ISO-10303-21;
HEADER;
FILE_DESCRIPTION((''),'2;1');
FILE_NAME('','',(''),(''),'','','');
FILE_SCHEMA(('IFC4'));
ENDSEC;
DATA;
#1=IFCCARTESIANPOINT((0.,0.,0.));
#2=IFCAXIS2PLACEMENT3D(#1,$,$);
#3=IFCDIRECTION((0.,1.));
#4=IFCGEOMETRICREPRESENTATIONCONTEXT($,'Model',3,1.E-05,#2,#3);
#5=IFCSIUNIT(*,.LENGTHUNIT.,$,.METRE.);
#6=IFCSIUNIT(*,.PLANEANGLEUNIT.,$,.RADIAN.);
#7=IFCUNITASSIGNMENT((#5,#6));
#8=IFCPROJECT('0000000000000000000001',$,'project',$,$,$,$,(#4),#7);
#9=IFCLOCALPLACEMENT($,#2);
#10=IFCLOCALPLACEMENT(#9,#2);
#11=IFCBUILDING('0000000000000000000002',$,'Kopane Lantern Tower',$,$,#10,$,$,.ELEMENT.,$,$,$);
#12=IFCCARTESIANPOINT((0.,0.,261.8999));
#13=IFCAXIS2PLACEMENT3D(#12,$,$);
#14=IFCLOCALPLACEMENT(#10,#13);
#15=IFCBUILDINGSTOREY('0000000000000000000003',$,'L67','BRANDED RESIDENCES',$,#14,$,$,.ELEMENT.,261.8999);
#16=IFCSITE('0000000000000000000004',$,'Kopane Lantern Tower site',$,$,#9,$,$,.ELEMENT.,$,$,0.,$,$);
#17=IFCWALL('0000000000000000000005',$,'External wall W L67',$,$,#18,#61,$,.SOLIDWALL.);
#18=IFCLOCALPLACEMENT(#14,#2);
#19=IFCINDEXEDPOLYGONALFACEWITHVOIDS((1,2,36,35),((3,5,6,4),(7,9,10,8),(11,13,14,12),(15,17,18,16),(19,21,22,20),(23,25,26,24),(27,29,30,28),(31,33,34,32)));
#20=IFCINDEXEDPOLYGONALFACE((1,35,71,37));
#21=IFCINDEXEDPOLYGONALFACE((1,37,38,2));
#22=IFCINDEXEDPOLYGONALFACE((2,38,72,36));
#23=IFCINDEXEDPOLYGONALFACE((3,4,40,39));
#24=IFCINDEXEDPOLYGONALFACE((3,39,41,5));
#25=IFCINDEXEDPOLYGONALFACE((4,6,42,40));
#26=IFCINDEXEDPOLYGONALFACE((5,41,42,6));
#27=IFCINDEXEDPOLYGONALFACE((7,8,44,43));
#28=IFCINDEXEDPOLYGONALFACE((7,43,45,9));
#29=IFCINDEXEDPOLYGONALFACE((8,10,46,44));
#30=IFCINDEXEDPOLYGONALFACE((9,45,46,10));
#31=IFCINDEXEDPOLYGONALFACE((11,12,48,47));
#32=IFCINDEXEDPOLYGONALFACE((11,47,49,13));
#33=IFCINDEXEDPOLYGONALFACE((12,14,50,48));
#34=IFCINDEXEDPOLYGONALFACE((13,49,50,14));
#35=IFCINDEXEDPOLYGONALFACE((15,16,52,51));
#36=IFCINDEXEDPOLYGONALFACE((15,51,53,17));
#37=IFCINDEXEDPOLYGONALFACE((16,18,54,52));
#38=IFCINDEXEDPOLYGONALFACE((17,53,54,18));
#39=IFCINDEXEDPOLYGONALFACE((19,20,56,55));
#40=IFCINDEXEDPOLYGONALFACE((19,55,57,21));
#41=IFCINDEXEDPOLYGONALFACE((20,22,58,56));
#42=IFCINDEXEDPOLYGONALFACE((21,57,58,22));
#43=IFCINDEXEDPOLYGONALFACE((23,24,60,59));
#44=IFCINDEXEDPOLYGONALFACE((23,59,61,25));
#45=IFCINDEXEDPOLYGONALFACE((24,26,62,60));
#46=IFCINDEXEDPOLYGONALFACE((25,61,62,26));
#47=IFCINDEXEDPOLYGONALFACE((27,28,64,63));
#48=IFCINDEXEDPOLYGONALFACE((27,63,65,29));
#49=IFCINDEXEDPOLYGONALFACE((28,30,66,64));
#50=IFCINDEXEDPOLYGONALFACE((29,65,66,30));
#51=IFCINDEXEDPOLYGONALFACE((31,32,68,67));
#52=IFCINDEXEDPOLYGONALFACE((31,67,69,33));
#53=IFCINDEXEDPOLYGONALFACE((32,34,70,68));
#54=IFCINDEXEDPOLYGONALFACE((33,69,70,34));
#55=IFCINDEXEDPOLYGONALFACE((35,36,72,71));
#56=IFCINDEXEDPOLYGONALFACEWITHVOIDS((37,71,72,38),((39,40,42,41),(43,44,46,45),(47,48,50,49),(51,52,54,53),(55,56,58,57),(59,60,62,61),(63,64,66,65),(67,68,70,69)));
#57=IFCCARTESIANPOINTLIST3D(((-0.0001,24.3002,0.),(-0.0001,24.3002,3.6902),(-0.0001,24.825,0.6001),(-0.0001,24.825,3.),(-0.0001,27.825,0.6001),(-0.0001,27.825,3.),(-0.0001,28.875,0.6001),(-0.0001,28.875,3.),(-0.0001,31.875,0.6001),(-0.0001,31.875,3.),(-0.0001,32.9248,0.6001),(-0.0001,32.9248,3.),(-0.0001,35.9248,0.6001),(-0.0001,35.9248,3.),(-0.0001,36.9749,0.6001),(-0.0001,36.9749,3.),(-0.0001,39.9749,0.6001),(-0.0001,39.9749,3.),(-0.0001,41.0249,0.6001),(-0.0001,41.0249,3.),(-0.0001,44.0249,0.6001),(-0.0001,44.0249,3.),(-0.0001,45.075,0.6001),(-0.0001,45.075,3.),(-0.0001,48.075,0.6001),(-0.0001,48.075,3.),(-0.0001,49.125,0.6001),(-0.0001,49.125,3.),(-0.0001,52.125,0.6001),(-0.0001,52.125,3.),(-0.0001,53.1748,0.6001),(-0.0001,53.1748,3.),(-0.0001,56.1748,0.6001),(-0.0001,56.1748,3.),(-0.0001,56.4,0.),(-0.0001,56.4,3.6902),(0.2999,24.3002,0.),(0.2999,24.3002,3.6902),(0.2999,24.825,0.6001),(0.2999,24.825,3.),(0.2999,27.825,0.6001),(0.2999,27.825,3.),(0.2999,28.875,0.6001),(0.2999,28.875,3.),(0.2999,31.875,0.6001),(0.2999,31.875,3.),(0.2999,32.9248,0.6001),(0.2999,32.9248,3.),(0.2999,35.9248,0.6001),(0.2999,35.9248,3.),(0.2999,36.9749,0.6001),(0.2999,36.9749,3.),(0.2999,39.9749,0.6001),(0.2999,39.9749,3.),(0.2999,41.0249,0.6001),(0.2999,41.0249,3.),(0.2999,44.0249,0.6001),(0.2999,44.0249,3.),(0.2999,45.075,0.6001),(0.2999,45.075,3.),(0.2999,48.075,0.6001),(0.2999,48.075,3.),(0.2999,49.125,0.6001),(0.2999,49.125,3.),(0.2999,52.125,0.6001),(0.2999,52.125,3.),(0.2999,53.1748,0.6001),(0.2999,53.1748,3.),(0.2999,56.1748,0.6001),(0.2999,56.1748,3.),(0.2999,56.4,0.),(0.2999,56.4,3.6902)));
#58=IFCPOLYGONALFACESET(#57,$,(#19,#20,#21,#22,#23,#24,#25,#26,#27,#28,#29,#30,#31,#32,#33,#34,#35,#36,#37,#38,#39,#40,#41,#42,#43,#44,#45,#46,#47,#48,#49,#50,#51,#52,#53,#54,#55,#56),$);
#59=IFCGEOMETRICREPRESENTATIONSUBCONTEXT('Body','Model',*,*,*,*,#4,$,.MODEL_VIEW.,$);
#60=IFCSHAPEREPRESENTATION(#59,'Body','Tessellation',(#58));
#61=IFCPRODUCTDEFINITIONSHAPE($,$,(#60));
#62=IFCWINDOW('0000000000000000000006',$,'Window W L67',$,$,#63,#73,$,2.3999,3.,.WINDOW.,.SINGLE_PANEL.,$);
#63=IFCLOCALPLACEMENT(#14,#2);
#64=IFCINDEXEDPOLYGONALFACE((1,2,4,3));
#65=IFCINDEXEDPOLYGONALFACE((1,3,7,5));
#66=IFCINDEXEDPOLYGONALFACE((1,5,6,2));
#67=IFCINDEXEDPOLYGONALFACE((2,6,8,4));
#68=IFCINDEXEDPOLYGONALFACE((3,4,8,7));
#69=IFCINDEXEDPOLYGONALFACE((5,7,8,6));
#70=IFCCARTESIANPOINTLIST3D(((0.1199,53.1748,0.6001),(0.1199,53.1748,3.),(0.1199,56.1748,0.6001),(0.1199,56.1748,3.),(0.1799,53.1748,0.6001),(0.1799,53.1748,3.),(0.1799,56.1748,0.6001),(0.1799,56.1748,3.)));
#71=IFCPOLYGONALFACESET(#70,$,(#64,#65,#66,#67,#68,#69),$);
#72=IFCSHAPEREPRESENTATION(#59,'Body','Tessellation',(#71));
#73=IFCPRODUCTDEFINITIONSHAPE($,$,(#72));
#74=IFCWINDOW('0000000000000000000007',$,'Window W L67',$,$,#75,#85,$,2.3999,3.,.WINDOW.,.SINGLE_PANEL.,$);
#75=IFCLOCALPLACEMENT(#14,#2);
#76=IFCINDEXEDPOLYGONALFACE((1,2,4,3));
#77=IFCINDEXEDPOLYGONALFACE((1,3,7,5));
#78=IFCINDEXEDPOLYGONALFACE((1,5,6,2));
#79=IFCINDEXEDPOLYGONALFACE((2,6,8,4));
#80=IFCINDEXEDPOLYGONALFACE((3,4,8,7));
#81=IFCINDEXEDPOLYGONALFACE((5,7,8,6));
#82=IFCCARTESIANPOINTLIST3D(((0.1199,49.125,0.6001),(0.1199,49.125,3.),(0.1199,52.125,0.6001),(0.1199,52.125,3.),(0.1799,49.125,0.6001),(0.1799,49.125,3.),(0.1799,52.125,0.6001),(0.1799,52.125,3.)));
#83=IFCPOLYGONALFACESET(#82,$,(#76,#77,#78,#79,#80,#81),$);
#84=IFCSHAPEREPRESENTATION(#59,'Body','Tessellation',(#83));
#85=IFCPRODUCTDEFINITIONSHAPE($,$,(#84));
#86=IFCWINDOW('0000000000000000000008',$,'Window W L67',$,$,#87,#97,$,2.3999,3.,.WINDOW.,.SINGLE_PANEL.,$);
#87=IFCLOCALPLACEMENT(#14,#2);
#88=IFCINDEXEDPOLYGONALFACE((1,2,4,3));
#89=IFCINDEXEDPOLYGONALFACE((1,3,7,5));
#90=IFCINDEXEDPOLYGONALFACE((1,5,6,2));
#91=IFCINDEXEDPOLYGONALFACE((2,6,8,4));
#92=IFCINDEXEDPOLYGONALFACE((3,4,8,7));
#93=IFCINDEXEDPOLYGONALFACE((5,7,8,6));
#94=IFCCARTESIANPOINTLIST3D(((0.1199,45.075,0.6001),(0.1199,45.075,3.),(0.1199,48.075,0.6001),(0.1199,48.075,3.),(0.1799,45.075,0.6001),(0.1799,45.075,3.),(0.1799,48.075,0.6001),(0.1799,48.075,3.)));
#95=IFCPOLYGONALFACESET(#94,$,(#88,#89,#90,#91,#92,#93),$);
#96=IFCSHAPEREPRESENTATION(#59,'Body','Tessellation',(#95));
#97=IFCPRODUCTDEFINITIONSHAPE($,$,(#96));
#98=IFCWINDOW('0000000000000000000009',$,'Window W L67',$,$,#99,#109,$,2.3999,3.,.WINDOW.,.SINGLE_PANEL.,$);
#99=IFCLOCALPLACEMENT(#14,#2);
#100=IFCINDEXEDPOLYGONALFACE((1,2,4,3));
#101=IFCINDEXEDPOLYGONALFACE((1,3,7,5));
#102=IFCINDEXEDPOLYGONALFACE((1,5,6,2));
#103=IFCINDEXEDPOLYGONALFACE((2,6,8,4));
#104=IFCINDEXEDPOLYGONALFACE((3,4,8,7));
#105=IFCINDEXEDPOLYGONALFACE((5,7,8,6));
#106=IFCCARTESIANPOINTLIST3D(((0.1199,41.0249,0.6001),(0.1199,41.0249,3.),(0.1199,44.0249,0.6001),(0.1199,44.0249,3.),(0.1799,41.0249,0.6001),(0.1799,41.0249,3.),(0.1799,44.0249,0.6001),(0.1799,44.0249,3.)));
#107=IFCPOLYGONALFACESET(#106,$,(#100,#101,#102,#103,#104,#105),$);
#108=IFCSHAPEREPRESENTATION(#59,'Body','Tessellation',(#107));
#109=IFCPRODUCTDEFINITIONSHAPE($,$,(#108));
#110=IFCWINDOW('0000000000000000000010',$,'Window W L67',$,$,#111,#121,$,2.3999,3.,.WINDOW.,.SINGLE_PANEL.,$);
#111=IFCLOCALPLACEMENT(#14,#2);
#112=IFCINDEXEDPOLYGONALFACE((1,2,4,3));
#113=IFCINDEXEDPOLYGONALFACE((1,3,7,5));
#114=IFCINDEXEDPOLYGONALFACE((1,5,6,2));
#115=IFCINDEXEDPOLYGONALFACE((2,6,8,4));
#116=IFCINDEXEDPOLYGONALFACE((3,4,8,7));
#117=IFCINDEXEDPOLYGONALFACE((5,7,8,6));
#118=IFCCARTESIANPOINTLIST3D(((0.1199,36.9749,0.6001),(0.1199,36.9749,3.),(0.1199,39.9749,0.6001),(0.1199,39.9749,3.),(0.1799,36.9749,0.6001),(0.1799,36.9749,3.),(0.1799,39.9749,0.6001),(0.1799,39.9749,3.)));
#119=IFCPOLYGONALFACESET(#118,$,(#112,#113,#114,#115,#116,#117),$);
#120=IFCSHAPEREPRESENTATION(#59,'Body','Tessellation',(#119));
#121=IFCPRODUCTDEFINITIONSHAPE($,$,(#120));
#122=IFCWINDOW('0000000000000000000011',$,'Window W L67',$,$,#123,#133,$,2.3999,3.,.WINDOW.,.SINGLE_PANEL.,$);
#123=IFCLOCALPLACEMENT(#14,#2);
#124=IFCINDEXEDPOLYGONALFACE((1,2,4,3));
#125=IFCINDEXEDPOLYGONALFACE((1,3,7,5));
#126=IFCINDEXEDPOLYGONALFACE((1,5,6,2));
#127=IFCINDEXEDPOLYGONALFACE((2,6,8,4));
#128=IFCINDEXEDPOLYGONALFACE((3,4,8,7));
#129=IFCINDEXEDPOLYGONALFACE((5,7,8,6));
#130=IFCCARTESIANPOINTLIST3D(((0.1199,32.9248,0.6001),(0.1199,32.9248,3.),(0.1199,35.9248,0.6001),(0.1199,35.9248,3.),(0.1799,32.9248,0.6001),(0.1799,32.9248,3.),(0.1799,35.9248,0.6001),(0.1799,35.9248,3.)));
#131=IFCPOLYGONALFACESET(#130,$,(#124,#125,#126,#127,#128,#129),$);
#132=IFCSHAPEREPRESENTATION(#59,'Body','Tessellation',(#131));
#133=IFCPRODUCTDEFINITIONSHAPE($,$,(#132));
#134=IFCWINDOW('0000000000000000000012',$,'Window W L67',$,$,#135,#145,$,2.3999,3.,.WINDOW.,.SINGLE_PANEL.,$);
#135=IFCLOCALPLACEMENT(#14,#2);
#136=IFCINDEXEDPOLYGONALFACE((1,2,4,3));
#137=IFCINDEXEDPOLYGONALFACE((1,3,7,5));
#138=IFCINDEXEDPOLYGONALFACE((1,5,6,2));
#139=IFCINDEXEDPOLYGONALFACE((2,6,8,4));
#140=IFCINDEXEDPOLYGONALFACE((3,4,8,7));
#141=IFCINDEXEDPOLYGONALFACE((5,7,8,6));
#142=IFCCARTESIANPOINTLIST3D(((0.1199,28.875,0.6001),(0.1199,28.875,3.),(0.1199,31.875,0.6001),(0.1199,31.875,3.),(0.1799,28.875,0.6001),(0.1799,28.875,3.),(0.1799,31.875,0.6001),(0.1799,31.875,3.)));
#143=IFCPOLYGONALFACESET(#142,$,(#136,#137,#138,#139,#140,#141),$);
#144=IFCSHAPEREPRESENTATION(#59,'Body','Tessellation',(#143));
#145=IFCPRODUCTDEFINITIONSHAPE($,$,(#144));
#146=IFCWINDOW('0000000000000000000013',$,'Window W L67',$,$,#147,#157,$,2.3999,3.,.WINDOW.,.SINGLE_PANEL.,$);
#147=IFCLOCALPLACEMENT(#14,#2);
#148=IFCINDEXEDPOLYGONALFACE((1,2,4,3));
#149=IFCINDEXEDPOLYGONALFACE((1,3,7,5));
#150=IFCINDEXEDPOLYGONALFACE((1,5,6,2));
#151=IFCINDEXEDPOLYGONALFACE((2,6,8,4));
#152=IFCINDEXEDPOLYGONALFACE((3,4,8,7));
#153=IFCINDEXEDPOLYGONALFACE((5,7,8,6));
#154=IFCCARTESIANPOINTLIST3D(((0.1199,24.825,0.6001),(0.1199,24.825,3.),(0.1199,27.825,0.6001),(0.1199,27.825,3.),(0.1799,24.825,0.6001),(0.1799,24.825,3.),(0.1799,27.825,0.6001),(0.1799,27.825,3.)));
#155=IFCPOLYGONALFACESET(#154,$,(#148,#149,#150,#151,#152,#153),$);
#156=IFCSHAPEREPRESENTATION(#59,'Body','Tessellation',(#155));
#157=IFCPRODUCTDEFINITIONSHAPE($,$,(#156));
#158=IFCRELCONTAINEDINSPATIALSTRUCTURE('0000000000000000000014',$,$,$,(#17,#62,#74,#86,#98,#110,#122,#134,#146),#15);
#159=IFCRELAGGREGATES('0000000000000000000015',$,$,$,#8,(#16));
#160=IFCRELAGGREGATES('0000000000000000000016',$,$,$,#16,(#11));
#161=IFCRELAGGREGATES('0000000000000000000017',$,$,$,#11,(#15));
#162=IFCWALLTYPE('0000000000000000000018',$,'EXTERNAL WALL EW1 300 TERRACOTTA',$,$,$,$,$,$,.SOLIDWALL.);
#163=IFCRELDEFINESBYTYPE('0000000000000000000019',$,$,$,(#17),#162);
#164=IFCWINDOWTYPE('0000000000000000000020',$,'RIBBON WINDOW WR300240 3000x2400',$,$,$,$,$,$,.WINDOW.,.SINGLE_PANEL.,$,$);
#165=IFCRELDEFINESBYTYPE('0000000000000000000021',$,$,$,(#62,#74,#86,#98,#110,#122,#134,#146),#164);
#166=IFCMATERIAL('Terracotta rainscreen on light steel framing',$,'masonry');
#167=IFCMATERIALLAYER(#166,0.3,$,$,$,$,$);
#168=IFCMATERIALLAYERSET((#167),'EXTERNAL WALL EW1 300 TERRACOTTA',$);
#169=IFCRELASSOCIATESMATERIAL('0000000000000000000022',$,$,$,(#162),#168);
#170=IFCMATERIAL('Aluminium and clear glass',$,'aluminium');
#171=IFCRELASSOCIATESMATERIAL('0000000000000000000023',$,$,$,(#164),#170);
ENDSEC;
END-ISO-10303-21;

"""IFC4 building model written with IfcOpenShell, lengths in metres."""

from ifc_helpers import new_model, si_unit, direction, frame, frame_2d, origin, place, context, subcontext, project, spatial, rectangle, extrude, material, layer, layer_set, type_object, element, fill, save


model = new_model("IFC4")

# Units and contexts
model_context = context("Model", 3, precision=1e-05, world=origin(), true_north=direction((0.0, 1.0)))
body_context = subcontext(model_context, "Body", "Model", "MODEL_VIEW")
ifc_project = project(units=[si_unit("LENGTHUNIT", "METRE"), si_unit("PLANEANGLEUNIT", "RADIAN")], contexts=[model_context])

# Site, building, storey
site_placement = place(None, origin())
site = spatial("IfcSite", under=ifc_project, at=site_placement, Name="Kopane Lantern Tower site", CompositionType="ELEMENT", RefElevation=0.0)
building_placement = place(site_placement, origin())
building = spatial("IfcBuilding", under=site, at=building_placement, Name="Kopane Lantern Tower", CompositionType="ELEMENT")
storey_placement = place(building_placement, frame((0.0, 0.0, 261.8999)))
storey = spatial("IfcBuildingStorey", under=building, at=storey_placement, Name="L67", Description="BRANDED RESIDENCES", CompositionType="ELEMENT", Elevation=261.8999)

# Shared definitions
ifc_material_1 = material(Name="Terracotta rainscreen on light steel framing", Category="masonry")
ifc_layer_1 = layer(ifc_material_1, 0.3)
ifc_layer_set_1 = layer_set([ifc_layer_1], Name="EXTERNAL WALL EW1 300 TERRACOTTA")
wall_type_1 = type_object("IfcWallType", Name="EXTERNAL WALL EW1 300 TERRACOTTA", PredefinedType="SOLIDWALL", material=ifc_layer_set_1)

# Wall, openings, windows
wall_1_placement = place(storey_placement, frame((0.1499, 56.3999, 0.0), z_axis=(0.0, 0.0, 1.0), x_axis=(0.0, -1.0, 0.0)))
wall_1 = element("IfcWall", 1, at=wall_1_placement, inside=storey, type_object=wall_type_1, Name="External wall W L67", PredefinedType="SOLIDWALL", context=body_context, shape_type="SweptSolid", body=[
    extrude(rectangle(XDim=32.0999, YDim=0.3, at=frame_2d((16.0498, 0.0))), origin(), (0.0, 0.0, 1.0), 3.6902),
])
opening_1_placement = place(wall_1_placement, frame((0.2251, 0.0, 0.6001)))
opening_1 = element("IfcOpeningElement", 2, at=opening_1_placement, cuts=wall_1, PredefinedType="OPENING", context=body_context, shape_type="SweptSolid", body=[
    extrude(rectangle(XDim=3.0, YDim=2.3999, at=frame_2d((1.5, 1.2))), frame((0.0, 0.1599, 0.0), z_axis=(0.0, -1.0, 0.0), x_axis=(1.0, 0.0, 0.0)), (0.0, 0.0, 1.0), 0.3201),
])
opening_2_placement = place(wall_1_placement, frame((4.2749, 0.0, 0.6001)))
opening_2 = element("IfcOpeningElement", 3, at=opening_2_placement, cuts=wall_1, PredefinedType="OPENING", context=body_context, shape_type="SweptSolid", body=[
    extrude(rectangle(XDim=3.0, YDim=2.3999, at=frame_2d((1.5, 1.2))), frame((0.0, 0.1599, 0.0), z_axis=(0.0, -1.0, 0.0), x_axis=(1.0, 0.0, 0.0)), (0.0, 0.0, 1.0), 0.3201),
])
opening_3_placement = place(wall_1_placement, frame((8.325, 0.0, 0.6001)))
opening_3 = element("IfcOpeningElement", 4, at=opening_3_placement, cuts=wall_1, PredefinedType="OPENING", context=body_context, shape_type="SweptSolid", body=[
    extrude(rectangle(XDim=3.0, YDim=2.3999, at=frame_2d((1.5, 1.2))), frame((0.0, 0.1599, 0.0), z_axis=(0.0, -1.0, 0.0), x_axis=(1.0, 0.0, 0.0)), (0.0, 0.0, 1.0), 0.3201),
])
opening_4_placement = place(wall_1_placement, frame((12.375, 0.0, 0.6001)))
opening_4 = element("IfcOpeningElement", 5, at=opening_4_placement, cuts=wall_1, PredefinedType="OPENING", context=body_context, shape_type="SweptSolid", body=[
    extrude(rectangle(XDim=3.0, YDim=2.3999, at=frame_2d((1.5, 1.2))), frame((0.0, 0.1599, 0.0), z_axis=(0.0, -1.0, 0.0), x_axis=(1.0, 0.0, 0.0)), (0.0, 0.0, 1.0), 0.3201),
])
opening_5_placement = place(wall_1_placement, frame((16.425, 0.0, 0.6001)))
opening_5 = element("IfcOpeningElement", 6, at=opening_5_placement, cuts=wall_1, PredefinedType="OPENING", context=body_context, shape_type="SweptSolid", body=[
    extrude(rectangle(XDim=3.0, YDim=2.3999, at=frame_2d((1.5, 1.2))), frame((0.0, 0.1599, 0.0), z_axis=(0.0, -1.0, 0.0), x_axis=(1.0, 0.0, 0.0)), (0.0, 0.0, 1.0), 0.3201),
])
opening_6_placement = place(wall_1_placement, frame((20.4751, 0.0, 0.6001)))
opening_6 = element("IfcOpeningElement", 7, at=opening_6_placement, cuts=wall_1, PredefinedType="OPENING", context=body_context, shape_type="SweptSolid", body=[
    extrude(rectangle(XDim=3.0, YDim=2.3999, at=frame_2d((1.5, 1.2))), frame((0.0, 0.1599, 0.0), z_axis=(0.0, -1.0, 0.0), x_axis=(1.0, 0.0, 0.0)), (0.0, 0.0, 1.0), 0.3201),
])
opening_7_placement = place(wall_1_placement, frame((24.5249, 0.0, 0.6001)))
opening_7 = element("IfcOpeningElement", 8, at=opening_7_placement, cuts=wall_1, PredefinedType="OPENING", context=body_context, shape_type="SweptSolid", body=[
    extrude(rectangle(XDim=3.0, YDim=2.3999, at=frame_2d((1.5, 1.2))), frame((0.0, 0.1599, 0.0), z_axis=(0.0, -1.0, 0.0), x_axis=(1.0, 0.0, 0.0)), (0.0, 0.0, 1.0), 0.3201),
])
opening_8_placement = place(wall_1_placement, frame((28.575, 0.0, 0.6001)))
opening_8 = element("IfcOpeningElement", 9, at=opening_8_placement, cuts=wall_1, PredefinedType="OPENING", context=body_context, shape_type="SweptSolid", body=[
    extrude(rectangle(XDim=3.0, YDim=2.3999, at=frame_2d((1.5, 1.2))), frame((0.0, 0.1599, 0.0), z_axis=(0.0, -1.0, 0.0), x_axis=(1.0, 0.0, 0.0)), (0.0, 0.0, 1.0), 0.3201),
])
ifc_material_2 = material(Name="Aluminium and clear glass", Category="aluminium")
window_type_1 = type_object("IfcWindowType", Name="RIBBON WINDOW WR300240 3000x2400", PartitioningType="SINGLE_PANEL", PredefinedType="WINDOW", material=ifc_material_2)
window_1_placement = place(opening_1_placement, origin())
window_1 = element("IfcWindow", 10, at=window_1_placement, inside=storey, type_object=window_type_1, Name="Window W L67", OverallHeight=2.3999, OverallWidth=3.0, PartitioningType="SINGLE_PANEL", PredefinedType="WINDOW", context=body_context, shape_type="SweptSolid", body=[
    extrude(rectangle(XDim=3.0, YDim=2.3999, at=frame_2d((1.5, 1.2))), frame((0.0, 0.03, 0.0), z_axis=(0.0, -1.0, 0.0), x_axis=(1.0, 0.0, 0.0)), (0.0, 0.0, 1.0), 0.0601),
])
fill(opening_1, window_1)
window_2_placement = place(opening_2_placement, origin())
window_2 = element("IfcWindow", 11, at=window_2_placement, inside=storey, type_object=window_type_1, Name="Window W L67", OverallHeight=2.3999, OverallWidth=3.0, PartitioningType="SINGLE_PANEL", PredefinedType="WINDOW", context=body_context, shape_type="SweptSolid", body=[
    extrude(rectangle(XDim=3.0, YDim=2.3999, at=frame_2d((1.5, 1.2))), frame((0.0, 0.03, 0.0), z_axis=(0.0, -1.0, 0.0), x_axis=(1.0, 0.0, 0.0)), (0.0, 0.0, 1.0), 0.0601),
])
fill(opening_2, window_2)
window_3_placement = place(opening_3_placement, origin())
window_3 = element("IfcWindow", 12, at=window_3_placement, inside=storey, type_object=window_type_1, Name="Window W L67", OverallHeight=2.3999, OverallWidth=3.0, PartitioningType="SINGLE_PANEL", PredefinedType="WINDOW", context=body_context, shape_type="SweptSolid", body=[
    extrude(rectangle(XDim=3.0, YDim=2.3999, at=frame_2d((1.5, 1.2))), frame((0.0, 0.03, 0.0), z_axis=(0.0, -1.0, 0.0), x_axis=(1.0, 0.0, 0.0)), (0.0, 0.0, 1.0), 0.0601),
])
fill(opening_3, window_3)
window_4_placement = place(opening_4_placement, origin())
window_4 = element("IfcWindow", 13, at=window_4_placement, inside=storey, type_object=window_type_1, Name="Window W L67", OverallHeight=2.3999, OverallWidth=3.0, PartitioningType="SINGLE_PANEL", PredefinedType="WINDOW", context=body_context, shape_type="SweptSolid", body=[
    extrude(rectangle(XDim=3.0, YDim=2.3999, at=frame_2d((1.5, 1.2))), frame((0.0, 0.03, 0.0), z_axis=(0.0, -1.0, 0.0), x_axis=(1.0, 0.0, 0.0)), (0.0, 0.0, 1.0), 0.0601),
])
fill(opening_4, window_4)
window_5_placement = place(opening_5_placement, origin())
window_5 = element("IfcWindow", 14, at=window_5_placement, inside=storey, type_object=window_type_1, Name="Window W L67", OverallHeight=2.3999, OverallWidth=3.0, PartitioningType="SINGLE_PANEL", PredefinedType="WINDOW", context=body_context, shape_type="SweptSolid", body=[
    extrude(rectangle(XDim=3.0, YDim=2.3999, at=frame_2d((1.5, 1.2))), frame((0.0, 0.03, 0.0), z_axis=(0.0, -1.0, 0.0), x_axis=(1.0, 0.0, 0.0)), (0.0, 0.0, 1.0), 0.0601),
])
fill(opening_5, window_5)
window_6_placement = place(opening_6_placement, origin())
window_6 = element("IfcWindow", 15, at=window_6_placement, inside=storey, type_object=window_type_1, Name="Window W L67", OverallHeight=2.3999, OverallWidth=3.0, PartitioningType="SINGLE_PANEL", PredefinedType="WINDOW", context=body_context, shape_type="SweptSolid", body=[
    extrude(rectangle(XDim=3.0, YDim=2.3999, at=frame_2d((1.5, 1.2))), frame((0.0, 0.03, 0.0), z_axis=(0.0, -1.0, 0.0), x_axis=(1.0, 0.0, 0.0)), (0.0, 0.0, 1.0), 0.0601),
])
fill(opening_6, window_6)
window_7_placement = place(opening_7_placement, origin())
window_7 = element("IfcWindow", 16, at=window_7_placement, inside=storey, type_object=window_type_1, Name="Window W L67", OverallHeight=2.3999, OverallWidth=3.0, PartitioningType="SINGLE_PANEL", PredefinedType="WINDOW", context=body_context, shape_type="SweptSolid", body=[
    extrude(rectangle(XDim=3.0, YDim=2.3999, at=frame_2d((1.5, 1.2))), frame((0.0, 0.03, 0.0), z_axis=(0.0, -1.0, 0.0), x_axis=(1.0, 0.0, 0.0)), (0.0, 0.0, 1.0), 0.0601),
])
fill(opening_7, window_7)
window_8_placement = place(opening_8_placement, origin())
window_8 = element("IfcWindow", 17, at=window_8_placement, inside=storey, type_object=window_type_1, Name="Window W L67", OverallHeight=2.3999, OverallWidth=3.0, PartitioningType="SINGLE_PANEL", PredefinedType="WINDOW", context=body_context, shape_type="SweptSolid", body=[
    extrude(rectangle(XDim=3.0, YDim=2.3999, at=frame_2d((1.5, 1.2))), frame((0.0, 0.03, 0.0), z_axis=(0.0, -1.0, 0.0), x_axis=(1.0, 0.0, 0.0)), (0.0, 0.0, 1.0), 0.0601),
])
fill(opening_8, window_8)

save(model, "model.ifc")
